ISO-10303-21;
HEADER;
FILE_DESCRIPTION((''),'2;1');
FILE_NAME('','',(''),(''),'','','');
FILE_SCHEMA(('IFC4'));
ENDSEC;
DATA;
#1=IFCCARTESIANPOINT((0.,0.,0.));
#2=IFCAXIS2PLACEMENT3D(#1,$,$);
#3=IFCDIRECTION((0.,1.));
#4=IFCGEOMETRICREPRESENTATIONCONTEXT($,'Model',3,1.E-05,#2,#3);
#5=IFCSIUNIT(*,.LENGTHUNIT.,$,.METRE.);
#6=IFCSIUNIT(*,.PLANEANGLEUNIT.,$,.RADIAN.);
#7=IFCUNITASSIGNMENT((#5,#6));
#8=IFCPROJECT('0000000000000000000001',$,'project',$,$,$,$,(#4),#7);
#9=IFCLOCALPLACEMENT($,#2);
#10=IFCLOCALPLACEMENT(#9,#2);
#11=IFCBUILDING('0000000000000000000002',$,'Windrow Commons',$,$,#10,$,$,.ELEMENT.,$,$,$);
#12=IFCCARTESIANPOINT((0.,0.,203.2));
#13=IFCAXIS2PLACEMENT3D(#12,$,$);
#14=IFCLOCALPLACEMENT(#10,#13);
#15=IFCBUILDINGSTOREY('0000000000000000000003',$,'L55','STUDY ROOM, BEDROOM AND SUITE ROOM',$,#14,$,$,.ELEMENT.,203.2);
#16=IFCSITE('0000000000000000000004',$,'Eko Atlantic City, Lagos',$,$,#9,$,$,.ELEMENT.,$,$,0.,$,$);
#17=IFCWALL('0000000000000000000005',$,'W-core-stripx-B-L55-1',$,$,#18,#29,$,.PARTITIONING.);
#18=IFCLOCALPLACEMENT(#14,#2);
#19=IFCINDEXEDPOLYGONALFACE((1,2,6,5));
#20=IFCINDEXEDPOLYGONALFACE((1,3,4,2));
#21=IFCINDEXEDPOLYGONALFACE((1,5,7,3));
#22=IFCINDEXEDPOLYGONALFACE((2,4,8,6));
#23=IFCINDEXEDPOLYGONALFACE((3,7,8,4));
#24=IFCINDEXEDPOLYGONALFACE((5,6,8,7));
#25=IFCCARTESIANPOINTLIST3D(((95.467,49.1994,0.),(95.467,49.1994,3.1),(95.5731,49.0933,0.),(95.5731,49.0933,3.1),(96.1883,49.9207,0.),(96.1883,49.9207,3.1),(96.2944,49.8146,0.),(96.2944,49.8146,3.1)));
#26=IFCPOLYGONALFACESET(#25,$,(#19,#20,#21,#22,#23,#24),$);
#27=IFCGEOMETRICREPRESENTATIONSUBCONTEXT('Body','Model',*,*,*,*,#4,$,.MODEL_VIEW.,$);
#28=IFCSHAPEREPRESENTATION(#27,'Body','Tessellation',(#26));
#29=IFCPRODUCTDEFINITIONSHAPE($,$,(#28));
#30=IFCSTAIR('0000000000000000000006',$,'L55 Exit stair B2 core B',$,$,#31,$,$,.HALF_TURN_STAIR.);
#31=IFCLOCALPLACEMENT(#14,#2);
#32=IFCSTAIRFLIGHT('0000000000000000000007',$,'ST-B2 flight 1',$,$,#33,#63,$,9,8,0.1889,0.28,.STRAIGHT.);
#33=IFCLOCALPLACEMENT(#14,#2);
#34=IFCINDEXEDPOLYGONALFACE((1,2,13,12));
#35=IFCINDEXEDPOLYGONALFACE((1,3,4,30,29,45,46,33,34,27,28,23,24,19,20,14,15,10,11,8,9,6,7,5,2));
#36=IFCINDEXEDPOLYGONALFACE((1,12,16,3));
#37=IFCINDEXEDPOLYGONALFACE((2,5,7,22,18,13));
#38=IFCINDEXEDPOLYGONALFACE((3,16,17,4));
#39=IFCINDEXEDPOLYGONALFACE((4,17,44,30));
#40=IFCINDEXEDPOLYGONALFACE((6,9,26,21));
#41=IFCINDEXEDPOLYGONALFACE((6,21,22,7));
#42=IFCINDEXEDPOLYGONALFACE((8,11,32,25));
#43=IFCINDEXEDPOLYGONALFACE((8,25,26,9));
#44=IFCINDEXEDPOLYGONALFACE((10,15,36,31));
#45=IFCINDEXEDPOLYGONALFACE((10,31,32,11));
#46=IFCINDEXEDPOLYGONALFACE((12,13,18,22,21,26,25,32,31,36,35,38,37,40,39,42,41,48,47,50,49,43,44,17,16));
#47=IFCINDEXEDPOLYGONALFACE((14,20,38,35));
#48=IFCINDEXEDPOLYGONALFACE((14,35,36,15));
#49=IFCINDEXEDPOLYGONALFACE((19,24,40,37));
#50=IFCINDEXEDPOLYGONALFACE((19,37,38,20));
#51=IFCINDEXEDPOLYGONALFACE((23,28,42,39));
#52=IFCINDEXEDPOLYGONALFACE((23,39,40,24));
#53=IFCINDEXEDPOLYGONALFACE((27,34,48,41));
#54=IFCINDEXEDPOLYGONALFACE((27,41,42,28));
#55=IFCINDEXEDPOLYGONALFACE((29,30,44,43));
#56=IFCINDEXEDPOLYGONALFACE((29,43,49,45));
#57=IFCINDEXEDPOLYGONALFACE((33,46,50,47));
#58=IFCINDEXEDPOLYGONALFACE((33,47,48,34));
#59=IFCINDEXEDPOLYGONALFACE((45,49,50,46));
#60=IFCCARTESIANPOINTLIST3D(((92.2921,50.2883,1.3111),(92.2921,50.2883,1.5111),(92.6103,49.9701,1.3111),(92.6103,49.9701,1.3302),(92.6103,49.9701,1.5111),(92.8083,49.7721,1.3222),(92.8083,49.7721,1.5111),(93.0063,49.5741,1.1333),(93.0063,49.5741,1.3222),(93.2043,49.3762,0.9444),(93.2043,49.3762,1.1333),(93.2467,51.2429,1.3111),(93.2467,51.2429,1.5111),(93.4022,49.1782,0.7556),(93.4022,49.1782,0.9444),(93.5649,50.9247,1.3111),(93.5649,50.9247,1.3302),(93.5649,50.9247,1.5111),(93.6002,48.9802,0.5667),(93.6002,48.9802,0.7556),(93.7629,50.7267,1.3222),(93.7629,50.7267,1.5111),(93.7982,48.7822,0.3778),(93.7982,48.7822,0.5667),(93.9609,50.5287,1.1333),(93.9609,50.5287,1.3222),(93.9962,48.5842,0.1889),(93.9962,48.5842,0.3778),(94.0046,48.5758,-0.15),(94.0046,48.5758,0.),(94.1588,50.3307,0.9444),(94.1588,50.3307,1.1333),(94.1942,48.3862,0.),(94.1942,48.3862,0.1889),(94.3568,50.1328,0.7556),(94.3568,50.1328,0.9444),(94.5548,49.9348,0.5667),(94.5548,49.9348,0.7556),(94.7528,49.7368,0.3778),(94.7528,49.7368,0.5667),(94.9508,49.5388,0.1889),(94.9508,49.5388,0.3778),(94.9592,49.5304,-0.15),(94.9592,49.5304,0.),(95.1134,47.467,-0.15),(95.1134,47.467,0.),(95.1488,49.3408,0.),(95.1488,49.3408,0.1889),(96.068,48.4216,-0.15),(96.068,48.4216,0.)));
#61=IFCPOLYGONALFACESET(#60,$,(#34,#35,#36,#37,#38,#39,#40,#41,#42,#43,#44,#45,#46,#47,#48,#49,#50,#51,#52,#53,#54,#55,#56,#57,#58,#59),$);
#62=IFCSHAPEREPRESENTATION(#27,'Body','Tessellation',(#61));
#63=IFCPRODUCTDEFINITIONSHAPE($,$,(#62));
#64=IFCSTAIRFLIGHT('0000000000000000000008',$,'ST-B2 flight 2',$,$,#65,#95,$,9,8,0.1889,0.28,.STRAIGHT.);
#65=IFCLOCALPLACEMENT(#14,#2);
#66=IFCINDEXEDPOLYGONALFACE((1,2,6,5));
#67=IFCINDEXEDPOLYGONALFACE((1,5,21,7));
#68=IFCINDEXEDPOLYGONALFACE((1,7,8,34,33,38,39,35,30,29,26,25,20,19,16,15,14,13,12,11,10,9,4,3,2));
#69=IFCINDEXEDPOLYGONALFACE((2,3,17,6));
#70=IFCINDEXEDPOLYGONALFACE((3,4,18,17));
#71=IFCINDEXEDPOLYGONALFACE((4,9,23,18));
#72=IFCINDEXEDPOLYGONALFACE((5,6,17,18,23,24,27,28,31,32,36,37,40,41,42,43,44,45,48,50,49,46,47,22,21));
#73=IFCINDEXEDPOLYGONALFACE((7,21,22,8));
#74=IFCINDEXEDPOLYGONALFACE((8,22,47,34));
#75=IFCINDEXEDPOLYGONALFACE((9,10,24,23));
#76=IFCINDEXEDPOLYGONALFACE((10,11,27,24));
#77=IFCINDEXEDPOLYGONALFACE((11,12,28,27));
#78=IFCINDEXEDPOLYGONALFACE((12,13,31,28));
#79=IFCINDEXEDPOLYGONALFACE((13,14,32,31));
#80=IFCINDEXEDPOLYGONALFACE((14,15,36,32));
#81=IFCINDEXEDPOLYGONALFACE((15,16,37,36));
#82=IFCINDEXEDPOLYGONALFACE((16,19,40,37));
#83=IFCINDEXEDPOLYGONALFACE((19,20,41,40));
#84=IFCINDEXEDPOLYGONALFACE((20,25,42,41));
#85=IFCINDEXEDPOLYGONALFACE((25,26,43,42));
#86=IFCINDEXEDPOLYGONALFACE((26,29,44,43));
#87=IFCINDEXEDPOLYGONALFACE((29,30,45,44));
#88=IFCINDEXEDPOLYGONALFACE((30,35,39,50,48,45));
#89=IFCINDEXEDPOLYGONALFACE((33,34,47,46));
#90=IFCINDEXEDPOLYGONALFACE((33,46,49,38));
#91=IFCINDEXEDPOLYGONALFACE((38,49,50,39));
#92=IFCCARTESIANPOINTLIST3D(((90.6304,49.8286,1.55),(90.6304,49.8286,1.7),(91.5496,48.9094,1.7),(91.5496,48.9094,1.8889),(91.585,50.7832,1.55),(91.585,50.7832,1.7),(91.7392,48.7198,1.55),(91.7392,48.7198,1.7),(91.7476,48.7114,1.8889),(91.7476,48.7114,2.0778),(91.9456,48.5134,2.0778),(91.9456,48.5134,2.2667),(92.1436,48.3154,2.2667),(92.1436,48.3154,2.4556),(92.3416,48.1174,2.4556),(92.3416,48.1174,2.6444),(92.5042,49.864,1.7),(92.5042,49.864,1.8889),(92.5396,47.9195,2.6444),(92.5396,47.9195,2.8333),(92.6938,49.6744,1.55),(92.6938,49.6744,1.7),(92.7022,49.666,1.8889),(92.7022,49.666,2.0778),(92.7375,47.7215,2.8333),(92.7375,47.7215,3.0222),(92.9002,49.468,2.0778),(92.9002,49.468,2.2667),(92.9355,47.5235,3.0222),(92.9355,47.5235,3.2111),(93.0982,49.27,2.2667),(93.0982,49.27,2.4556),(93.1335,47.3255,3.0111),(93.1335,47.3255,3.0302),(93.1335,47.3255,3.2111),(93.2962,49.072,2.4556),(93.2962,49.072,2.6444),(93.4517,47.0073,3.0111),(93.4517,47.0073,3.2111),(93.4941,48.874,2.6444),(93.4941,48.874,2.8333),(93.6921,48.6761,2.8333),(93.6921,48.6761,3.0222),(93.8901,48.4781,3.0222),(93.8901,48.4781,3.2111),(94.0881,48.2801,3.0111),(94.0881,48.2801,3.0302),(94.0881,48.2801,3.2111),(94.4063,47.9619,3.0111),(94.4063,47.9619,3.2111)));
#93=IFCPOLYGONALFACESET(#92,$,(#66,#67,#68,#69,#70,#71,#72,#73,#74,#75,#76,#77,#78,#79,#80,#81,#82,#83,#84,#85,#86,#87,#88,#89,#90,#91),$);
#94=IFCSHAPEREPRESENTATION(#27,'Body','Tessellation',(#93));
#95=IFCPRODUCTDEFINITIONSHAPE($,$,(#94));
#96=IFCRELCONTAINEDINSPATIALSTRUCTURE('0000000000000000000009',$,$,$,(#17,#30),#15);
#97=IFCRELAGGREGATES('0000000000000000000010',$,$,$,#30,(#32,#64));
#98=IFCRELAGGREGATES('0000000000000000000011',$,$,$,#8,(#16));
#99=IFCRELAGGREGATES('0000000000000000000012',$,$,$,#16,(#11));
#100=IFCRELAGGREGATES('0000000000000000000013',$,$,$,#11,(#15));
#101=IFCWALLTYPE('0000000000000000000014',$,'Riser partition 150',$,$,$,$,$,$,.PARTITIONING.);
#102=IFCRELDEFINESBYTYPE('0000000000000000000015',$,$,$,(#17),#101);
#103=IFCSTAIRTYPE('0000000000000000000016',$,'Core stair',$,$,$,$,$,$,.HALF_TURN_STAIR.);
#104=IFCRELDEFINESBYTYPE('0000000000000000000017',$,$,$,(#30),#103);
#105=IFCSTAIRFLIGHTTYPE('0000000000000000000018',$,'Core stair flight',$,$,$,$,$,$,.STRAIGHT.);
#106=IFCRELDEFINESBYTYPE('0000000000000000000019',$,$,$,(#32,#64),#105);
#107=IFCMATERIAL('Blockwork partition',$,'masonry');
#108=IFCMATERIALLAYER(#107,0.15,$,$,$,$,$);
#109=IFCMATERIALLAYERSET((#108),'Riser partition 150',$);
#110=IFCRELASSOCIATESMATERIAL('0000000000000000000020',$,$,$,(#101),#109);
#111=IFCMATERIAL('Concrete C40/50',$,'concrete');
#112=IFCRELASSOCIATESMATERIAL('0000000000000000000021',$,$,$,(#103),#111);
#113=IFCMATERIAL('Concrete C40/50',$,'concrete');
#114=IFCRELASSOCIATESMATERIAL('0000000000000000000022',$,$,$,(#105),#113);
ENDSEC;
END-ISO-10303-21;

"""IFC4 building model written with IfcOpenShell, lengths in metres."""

from ifc_helpers import new_model, si_unit, direction, frame, frame_2d, origin, place, context, subcontext, project, spatial, polyline, rectangle, outline, extrude, material, layer, layer_set, type_object, element, aggregate, save


model = new_model("IFC4")

# Units and contexts
model_context = context("Model", 3, precision=1e-05, world=origin(), true_north=direction((0.0, 1.0)))
body_context = subcontext(model_context, "Body", "Model", "MODEL_VIEW")
ifc_project = project(units=[si_unit("LENGTHUNIT", "METRE"), si_unit("PLANEANGLEUNIT", "RADIAN")], contexts=[model_context])

# Site, building, storey
site_placement = place(None, origin())
site = spatial("IfcSite", under=ifc_project, at=site_placement, Name="Eko Atlantic City, Lagos", CompositionType="ELEMENT", RefElevation=0.0)
building_placement = place(site_placement, origin())
building = spatial("IfcBuilding", under=site, at=building_placement, Name="Windrow Commons", CompositionType="ELEMENT")
storey_placement = place(building_placement, frame((0.0, 0.0, 203.2)))
storey = spatial("IfcBuildingStorey", under=building, at=storey_placement, Name="L55", Description="STUDY ROOM, BEDROOM AND SUITE ROOM", CompositionType="ELEMENT", Elevation=203.2)

# Wall
ifc_material_1 = material(Name="Blockwork partition", Category="masonry")
ifc_layer_1 = layer(ifc_material_1, 0.15)
ifc_layer_set_1 = layer_set([ifc_layer_1], Name="Riser partition 150")
wall_type_1 = type_object("IfcWallType", Name="Riser partition 150", PredefinedType="PARTITIONING", material=ifc_layer_set_1)
wall_1_placement = place(storey_placement, frame((95.52, 49.1463, 0.0), z_axis=(0.0, 0.0, 1.0), x_axis=(0.707107, 0.707107, 0.0)))
element("IfcWall", 1, at=wall_1_placement, inside=storey, type_object=wall_type_1, Name="W-core-stripx-B-L55-1", PredefinedType="PARTITIONING", context=body_context, shape_type="SweptSolid", body=[
    extrude(rectangle(XDim=1.0201, YDim=0.15, at=frame_2d((0.5101, 0.0))), origin(), (0.0, 0.0, 1.0), 3.1),
])

# Stair, stair flights
ifc_material_2 = material(Name="Concrete C40/50", Category="concrete")
stair_type = type_object("IfcStairType", Name="Core stair", PredefinedType="HALF_TURN_STAIR", material=ifc_material_2)
stair_placement = place(storey_placement, origin())
stair = element("IfcStair", 2, at=stair_placement, inside=storey, type_object=stair_type, Name="L55 Exit stair B2 core B", PredefinedType="HALF_TURN_STAIR")
ifc_material_3 = material(Name="Concrete C40/50", Category="concrete")
stair_flight_type = type_object("IfcStairFlightType", Name="Core stair flight", PredefinedType="STRAIGHT", material=ifc_material_3)
stair_flight_1_placement = place(storey_placement, frame((94.6715, 48.8635, 0.0), z_axis=(0.0, 0.0, 1.0), x_axis=(-0.707107, 0.707107, 0.0)))
stair_flight_1 = element("IfcStairFlight", 3, at=stair_flight_1_placement, type_object=stair_flight_type, Name="ST-B2 flight 1", NumberOfRisers=9, NumberOfTreads=8, PredefinedType="STRAIGHT", RiserHeight=0.1889, TreadLength=0.28, context=body_context, shape_type="SweptSolid", body=[
    extrude(outline(polyline([(-1.3, -0.15), (-1.3, 0.0), (0.0, 0.0), (0.0, 0.1889), (0.28, 0.1889), (0.28, 0.3778), (0.56, 0.3778), (0.56, 0.5667), (0.84, 0.5667), (0.84, 0.7556), (1.12, 0.7556), (1.12, 0.9444), (1.4, 0.9444), (1.4, 1.1333), (1.68, 1.1333), (1.68, 1.3222), (1.96, 1.3222), (1.96, 1.5111), (2.24, 1.5111), (2.69, 1.5111), (2.69, 1.3111), (2.24, 1.3111), (2.24, 1.3302), (0.2682, 0.0), (0.2682, -0.15), (-1.3, -0.15)])), frame((0.0, 0.675, 0.0), z_axis=(0.0, -1.0, 0.0), x_axis=(1.0, 0.0, 0.0)), (0.0, 0.0, 1.0), 1.35),
])
stair_flight_2_placement = place(storey_placement, frame((92.0269, 49.3867, 1.7), z_axis=(0.0, 0.0, 1.0), x_axis=(0.707107, -0.707107, 0.0)))
stair_flight_2 = element("IfcStairFlight", 4, at=stair_flight_2_placement, type_object=stair_flight_type, Name="ST-B2 flight 2", NumberOfRisers=9, NumberOfTreads=8, PredefinedType="STRAIGHT", RiserHeight=0.1889, TreadLength=0.28, context=body_context, shape_type="SweptSolid", body=[
    extrude(outline(polyline([(-1.3, -0.15), (-1.3, 0.0), (0.0, 0.0), (0.0, 0.1889), (0.28, 0.1889), (0.28, 0.3778), (0.56, 0.3778), (0.56, 0.5667), (0.84, 0.5667), (0.84, 0.7556), (1.12, 0.7556), (1.12, 0.9444), (1.4, 0.9444), (1.4, 1.1333), (1.68, 1.1333), (1.68, 1.3222), (1.96, 1.3222), (1.96, 1.5111), (2.24, 1.5111), (2.69, 1.5111), (2.69, 1.3111), (2.24, 1.3111), (2.24, 1.3302), (0.2682, 0.0), (0.2682, -0.15), (-1.3, -0.15)])), frame((0.0, 0.675, 0.0), z_axis=(0.0, -1.0, 0.0), x_axis=(1.0, 0.0, 0.0)), (0.0, 0.0, 1.0), 1.35),
])
aggregate(stair, [stair_flight_1, stair_flight_2])

save(model, "model.ifc")
